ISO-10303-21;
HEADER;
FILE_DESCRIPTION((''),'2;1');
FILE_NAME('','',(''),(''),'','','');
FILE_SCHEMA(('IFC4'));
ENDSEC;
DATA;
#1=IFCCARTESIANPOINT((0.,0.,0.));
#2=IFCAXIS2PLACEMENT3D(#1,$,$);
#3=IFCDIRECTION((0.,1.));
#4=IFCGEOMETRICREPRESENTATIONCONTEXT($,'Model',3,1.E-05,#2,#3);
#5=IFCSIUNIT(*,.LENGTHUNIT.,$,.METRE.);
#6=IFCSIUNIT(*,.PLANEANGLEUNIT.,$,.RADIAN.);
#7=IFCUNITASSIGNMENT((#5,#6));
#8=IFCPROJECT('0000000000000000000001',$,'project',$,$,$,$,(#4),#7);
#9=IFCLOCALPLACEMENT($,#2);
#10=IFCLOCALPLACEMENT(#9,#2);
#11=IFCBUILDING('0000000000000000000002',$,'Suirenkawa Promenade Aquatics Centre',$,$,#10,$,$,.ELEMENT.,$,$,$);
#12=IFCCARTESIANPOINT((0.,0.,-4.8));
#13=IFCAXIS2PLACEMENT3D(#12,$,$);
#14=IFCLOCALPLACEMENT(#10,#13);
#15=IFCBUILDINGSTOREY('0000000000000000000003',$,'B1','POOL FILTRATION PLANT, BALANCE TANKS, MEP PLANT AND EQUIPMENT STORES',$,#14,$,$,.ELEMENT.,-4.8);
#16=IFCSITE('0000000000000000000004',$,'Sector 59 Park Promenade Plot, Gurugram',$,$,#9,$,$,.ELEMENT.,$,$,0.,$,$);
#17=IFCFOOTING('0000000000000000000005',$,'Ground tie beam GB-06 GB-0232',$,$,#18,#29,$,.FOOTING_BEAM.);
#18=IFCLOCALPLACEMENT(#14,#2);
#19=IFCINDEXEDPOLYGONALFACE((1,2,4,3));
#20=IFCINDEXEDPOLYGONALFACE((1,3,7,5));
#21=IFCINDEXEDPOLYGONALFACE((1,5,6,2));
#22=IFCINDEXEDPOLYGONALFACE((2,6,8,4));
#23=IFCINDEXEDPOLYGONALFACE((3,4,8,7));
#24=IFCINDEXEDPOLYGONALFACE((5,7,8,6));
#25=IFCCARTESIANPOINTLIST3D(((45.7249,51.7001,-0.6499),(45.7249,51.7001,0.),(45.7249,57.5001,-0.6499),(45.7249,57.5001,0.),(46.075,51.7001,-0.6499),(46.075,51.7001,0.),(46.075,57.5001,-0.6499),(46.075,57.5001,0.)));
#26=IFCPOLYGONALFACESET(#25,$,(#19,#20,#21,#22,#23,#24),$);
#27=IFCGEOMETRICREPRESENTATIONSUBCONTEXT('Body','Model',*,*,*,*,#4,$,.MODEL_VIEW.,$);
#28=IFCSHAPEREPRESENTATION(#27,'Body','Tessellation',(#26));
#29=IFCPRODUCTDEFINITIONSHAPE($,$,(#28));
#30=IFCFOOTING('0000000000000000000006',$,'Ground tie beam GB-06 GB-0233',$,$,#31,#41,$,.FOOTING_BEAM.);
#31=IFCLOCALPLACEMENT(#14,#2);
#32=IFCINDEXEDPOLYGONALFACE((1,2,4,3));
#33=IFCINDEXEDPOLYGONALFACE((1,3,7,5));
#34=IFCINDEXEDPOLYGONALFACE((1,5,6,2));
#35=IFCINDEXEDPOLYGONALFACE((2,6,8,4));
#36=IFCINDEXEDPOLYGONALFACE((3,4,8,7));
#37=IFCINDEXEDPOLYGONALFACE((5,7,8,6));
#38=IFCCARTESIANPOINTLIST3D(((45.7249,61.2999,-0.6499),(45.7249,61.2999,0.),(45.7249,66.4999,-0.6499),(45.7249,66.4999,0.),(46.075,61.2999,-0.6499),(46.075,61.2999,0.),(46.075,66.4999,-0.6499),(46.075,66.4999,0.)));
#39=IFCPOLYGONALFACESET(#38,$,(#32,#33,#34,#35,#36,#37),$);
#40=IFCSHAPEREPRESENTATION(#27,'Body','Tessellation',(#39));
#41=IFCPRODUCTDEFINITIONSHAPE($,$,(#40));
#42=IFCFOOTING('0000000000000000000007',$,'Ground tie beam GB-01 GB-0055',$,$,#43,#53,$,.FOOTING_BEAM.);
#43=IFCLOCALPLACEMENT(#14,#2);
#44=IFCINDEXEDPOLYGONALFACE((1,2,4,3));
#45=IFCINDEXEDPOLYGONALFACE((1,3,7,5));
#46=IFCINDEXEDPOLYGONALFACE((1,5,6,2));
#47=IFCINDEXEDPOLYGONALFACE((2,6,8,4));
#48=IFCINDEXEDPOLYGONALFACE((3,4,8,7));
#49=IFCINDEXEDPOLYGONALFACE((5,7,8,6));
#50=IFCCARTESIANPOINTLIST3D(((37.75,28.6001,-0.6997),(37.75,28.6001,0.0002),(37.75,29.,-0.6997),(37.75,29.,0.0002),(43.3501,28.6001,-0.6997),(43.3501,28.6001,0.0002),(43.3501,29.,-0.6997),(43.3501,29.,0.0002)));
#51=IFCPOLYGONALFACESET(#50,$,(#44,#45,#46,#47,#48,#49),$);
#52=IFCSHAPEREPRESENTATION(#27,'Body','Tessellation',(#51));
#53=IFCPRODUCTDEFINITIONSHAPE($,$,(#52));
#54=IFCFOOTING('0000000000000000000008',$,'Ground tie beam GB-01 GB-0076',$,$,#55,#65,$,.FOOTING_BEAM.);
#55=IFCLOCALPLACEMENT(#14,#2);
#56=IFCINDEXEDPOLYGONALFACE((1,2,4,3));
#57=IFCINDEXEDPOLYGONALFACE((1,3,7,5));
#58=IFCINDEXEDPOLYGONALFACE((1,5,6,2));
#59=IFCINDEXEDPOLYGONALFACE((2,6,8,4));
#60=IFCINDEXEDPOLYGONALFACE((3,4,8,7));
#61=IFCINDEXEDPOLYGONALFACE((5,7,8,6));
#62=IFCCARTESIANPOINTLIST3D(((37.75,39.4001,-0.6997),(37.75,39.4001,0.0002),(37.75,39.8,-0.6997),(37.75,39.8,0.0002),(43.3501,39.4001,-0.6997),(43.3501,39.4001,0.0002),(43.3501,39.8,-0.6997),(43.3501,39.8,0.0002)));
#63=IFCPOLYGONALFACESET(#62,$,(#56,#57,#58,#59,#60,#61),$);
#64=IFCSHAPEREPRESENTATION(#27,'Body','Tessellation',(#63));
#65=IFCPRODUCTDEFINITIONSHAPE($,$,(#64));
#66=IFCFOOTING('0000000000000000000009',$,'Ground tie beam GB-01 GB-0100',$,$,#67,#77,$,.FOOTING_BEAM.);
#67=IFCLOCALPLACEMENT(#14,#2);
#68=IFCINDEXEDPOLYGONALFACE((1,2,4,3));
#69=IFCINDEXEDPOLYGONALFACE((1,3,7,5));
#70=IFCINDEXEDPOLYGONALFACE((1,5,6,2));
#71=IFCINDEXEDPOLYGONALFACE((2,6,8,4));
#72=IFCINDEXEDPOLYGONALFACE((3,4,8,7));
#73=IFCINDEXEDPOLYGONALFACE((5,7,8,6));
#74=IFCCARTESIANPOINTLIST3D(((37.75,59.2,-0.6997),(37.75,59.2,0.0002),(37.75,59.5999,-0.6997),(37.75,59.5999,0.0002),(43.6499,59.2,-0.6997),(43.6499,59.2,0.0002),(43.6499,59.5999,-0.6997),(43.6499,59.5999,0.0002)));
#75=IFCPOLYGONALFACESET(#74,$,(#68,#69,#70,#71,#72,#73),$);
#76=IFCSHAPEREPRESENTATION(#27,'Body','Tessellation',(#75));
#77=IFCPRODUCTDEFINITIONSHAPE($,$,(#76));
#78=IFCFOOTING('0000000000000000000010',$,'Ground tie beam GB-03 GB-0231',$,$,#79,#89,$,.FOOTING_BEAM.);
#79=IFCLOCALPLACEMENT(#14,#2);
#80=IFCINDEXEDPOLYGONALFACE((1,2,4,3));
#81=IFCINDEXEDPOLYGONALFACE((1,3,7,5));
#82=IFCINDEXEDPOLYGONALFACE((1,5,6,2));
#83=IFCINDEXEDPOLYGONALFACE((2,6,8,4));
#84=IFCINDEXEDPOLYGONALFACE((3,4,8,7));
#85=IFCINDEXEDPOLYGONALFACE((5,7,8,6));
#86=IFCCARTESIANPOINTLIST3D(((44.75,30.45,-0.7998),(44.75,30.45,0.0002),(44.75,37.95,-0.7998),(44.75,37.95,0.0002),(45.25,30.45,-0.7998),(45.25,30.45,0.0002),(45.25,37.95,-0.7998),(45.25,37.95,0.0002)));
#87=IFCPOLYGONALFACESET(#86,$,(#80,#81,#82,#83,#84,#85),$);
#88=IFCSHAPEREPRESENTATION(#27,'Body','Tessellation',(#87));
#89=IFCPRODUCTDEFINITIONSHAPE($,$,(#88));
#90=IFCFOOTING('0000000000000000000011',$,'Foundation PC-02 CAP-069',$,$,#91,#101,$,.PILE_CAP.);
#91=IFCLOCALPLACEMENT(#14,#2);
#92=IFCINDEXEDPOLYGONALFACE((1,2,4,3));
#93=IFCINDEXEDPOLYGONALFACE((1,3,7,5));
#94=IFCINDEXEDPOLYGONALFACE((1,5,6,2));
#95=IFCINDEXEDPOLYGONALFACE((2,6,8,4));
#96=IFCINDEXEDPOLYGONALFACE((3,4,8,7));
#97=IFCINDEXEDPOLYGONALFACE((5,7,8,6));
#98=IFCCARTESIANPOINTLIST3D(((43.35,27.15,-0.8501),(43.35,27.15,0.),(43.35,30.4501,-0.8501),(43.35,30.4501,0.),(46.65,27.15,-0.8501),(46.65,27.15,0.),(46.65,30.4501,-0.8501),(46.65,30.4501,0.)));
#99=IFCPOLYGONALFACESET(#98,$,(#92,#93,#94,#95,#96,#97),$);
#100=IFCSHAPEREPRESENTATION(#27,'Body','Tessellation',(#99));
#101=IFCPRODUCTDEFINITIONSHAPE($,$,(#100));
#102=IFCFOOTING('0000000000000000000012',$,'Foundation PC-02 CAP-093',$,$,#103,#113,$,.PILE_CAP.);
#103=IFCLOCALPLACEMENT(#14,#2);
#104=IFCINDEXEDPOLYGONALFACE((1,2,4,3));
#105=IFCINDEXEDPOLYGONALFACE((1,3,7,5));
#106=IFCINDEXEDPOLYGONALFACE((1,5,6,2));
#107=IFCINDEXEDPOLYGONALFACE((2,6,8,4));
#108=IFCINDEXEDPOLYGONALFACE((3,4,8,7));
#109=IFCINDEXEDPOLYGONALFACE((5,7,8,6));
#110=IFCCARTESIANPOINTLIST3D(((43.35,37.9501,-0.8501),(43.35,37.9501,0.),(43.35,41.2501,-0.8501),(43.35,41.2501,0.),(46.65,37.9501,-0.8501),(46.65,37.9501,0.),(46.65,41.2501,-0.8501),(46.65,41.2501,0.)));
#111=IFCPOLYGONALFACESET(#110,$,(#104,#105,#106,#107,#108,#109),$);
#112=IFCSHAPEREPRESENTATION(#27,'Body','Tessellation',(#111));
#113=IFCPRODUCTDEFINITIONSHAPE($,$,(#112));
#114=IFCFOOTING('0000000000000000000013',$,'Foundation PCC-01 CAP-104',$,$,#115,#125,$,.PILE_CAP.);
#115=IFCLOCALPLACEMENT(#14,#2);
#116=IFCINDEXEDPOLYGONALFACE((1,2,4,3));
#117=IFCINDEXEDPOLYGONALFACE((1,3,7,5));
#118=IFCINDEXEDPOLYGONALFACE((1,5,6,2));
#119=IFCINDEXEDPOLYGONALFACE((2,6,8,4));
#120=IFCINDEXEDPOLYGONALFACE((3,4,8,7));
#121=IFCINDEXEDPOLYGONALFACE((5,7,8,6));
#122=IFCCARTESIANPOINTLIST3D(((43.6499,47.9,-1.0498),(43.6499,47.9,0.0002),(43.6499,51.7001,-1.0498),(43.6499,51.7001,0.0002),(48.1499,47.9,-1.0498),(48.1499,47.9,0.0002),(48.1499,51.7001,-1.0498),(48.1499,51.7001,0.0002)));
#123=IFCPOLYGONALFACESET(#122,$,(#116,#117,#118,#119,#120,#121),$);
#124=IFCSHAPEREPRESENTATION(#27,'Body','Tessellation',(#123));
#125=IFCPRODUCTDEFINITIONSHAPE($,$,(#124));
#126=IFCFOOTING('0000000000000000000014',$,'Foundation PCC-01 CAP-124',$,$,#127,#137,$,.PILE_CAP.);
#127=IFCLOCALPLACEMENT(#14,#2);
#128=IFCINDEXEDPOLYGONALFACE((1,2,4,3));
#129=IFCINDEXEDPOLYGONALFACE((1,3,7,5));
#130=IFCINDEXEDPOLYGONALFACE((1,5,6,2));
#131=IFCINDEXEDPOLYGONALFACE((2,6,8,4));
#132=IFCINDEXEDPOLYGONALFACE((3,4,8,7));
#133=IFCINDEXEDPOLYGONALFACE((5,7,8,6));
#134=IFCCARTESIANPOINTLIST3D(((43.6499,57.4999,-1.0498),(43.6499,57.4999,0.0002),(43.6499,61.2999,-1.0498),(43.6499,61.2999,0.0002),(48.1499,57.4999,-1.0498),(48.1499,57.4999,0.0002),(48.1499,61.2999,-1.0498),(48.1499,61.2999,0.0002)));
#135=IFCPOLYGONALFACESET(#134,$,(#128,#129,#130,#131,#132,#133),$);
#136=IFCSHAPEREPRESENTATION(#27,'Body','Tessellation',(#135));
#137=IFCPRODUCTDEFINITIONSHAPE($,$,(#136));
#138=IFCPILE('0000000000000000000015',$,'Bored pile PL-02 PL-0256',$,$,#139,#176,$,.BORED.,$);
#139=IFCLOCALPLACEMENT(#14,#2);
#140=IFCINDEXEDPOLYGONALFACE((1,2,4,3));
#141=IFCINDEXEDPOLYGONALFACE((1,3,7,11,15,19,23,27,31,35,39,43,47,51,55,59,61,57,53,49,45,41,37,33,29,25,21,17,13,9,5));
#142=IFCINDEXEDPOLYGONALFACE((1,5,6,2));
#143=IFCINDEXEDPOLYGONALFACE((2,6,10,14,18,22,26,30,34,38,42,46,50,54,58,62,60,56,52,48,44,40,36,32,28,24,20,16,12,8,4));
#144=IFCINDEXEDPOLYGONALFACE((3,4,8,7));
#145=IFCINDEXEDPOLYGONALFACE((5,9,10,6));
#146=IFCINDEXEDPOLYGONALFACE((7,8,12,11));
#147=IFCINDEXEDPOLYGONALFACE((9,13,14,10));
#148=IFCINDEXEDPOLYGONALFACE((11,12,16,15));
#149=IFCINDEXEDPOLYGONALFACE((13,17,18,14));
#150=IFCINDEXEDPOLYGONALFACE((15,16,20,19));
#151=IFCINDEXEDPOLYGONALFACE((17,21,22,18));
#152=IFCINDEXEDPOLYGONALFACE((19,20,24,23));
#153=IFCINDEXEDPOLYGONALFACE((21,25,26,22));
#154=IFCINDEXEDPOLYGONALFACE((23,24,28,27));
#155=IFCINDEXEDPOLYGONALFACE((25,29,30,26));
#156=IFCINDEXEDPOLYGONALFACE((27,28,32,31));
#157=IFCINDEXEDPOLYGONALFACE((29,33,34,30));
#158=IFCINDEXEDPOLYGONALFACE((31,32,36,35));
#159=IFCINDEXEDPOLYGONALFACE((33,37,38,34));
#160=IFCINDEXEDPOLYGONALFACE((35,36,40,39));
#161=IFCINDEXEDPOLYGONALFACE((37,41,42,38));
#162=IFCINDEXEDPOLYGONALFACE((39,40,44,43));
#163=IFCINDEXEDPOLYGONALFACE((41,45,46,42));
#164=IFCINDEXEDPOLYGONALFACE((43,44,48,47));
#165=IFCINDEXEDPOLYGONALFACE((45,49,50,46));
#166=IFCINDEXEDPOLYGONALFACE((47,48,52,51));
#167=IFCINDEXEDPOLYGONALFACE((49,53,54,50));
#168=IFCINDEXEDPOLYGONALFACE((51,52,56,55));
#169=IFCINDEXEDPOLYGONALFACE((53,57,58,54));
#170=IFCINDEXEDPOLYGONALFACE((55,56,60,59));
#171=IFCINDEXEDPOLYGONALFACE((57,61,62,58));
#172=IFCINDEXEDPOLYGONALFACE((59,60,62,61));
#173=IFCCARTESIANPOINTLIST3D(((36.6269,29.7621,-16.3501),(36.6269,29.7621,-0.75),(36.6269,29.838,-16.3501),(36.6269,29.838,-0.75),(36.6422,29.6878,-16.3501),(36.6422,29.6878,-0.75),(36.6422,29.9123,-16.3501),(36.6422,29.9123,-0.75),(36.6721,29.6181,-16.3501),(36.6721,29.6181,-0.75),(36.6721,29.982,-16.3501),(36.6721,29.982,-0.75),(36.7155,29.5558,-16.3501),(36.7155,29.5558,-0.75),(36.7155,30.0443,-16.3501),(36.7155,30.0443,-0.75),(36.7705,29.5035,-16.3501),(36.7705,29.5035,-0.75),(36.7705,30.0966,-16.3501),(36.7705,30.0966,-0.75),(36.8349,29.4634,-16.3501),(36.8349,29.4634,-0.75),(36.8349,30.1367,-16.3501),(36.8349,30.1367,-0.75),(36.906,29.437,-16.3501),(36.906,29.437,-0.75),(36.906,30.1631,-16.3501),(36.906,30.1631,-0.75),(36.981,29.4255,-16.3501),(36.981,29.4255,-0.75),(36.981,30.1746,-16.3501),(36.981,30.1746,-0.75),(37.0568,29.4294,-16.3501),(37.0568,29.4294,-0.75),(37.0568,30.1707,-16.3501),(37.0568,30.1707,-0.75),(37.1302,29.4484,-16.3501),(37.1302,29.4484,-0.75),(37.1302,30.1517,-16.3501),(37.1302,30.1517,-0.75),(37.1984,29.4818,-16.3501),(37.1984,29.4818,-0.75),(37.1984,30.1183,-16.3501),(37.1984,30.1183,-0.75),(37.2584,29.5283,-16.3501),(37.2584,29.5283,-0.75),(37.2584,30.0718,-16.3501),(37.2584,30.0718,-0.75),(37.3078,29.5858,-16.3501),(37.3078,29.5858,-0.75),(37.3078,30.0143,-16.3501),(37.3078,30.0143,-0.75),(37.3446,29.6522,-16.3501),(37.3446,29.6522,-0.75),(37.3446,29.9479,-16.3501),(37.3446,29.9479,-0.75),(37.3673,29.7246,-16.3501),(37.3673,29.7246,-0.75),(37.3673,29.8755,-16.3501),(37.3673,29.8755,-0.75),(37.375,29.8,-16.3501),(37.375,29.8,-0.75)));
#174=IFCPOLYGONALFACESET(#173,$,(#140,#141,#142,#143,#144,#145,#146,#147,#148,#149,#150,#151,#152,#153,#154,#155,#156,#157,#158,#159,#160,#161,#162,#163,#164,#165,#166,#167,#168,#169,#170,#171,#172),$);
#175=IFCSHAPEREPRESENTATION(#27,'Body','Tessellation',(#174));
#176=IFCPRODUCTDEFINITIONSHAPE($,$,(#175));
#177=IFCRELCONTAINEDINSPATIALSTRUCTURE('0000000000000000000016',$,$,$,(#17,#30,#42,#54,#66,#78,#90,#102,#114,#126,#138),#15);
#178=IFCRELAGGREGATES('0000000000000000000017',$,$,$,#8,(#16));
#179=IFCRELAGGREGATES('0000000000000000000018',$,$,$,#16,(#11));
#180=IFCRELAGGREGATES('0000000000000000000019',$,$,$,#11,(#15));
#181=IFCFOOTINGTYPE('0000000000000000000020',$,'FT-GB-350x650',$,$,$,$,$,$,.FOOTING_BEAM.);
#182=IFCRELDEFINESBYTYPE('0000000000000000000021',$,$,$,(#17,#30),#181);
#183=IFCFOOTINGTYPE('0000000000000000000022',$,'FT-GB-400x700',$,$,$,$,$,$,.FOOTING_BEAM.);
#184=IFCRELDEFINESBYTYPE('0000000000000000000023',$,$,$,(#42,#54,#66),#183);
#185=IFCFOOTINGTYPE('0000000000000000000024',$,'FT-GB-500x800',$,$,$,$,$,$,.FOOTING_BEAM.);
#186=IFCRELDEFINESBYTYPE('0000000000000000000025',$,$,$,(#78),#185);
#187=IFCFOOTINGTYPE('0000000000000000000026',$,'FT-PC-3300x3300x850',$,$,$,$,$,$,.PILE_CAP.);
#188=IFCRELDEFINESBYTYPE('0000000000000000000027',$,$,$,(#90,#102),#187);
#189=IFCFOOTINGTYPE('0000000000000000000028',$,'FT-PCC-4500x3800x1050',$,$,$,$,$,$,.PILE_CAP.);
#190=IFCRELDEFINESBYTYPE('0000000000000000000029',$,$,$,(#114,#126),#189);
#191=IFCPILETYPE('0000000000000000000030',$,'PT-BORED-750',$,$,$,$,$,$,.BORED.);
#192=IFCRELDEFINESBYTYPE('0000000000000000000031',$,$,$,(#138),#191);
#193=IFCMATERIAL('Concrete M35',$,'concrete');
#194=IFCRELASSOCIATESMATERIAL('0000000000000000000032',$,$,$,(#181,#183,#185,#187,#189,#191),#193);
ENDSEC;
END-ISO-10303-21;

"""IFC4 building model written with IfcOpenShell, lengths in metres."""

from ifc_helpers import new_model, si_unit, direction, frame, origin, origin_2d, place, context, subcontext, project, spatial, rectangle, circle, extrude, material, material_profile, profile_set, type_object, element, save


model = new_model("IFC4")

# Units and contexts
model_context = context("Model", 3, precision=1e-05, world=origin(), true_north=direction((0.0, 1.0)))
body_context = subcontext(model_context, "Body", "Model", "MODEL_VIEW")
ifc_project = project(units=[si_unit("LENGTHUNIT", "METRE"), si_unit("PLANEANGLEUNIT", "RADIAN")], contexts=[model_context])

# Site, building, storey
site_placement = place(None, origin())
site = spatial("IfcSite", under=ifc_project, at=site_placement, Name="Sector 59 Park Promenade Plot, Gurugram", CompositionType="ELEMENT", RefElevation=0.0)
building_placement = place(site_placement, origin())
building = spatial("IfcBuilding", under=site, at=building_placement, Name="Suirenkawa Promenade Aquatics Centre", CompositionType="ELEMENT")
storey_placement = place(building_placement, frame((0.0, 0.0, -4.8)))
storey = spatial("IfcBuildingStorey", under=building, at=storey_placement, Name="B1", Description="POOL FILTRATION PLANT, BALANCE TANKS, MEP PLANT AND EQUIPMENT STORES", CompositionType="ELEMENT", Elevation=-4.8)

# Footings
ifc_material_1 = material(Name="Concrete M35", Category="concrete")
footing_type_1 = type_object("IfcFootingType", Name="FT-GB-350x650", PredefinedType="FOOTING_BEAM", material=ifc_material_1)
footing_1_placement = place(storey_placement, frame((45.8999, 54.6001, -0.6499), z_axis=(0.0, 0.0, 1.0), x_axis=(0.0, 1.0, 0.0)))
element("IfcFooting", 1, at=footing_1_placement, inside=storey, type_object=footing_type_1, Name="Ground tie beam GB-06 GB-0232", PredefinedType="FOOTING_BEAM", context=body_context, shape_type="SweptSolid", body=[
    extrude(rectangle(XDim=5.8, YDim=0.3501, at=origin_2d()), origin(), (0.0, 0.0, 1.0), 0.6499),
])
footing_2_placement = place(storey_placement, frame((45.8999, 63.8999, -0.6499), z_axis=(0.0, 0.0, 1.0), x_axis=(0.0, 1.0, 0.0)))
element("IfcFooting", 2, at=footing_2_placement, inside=storey, type_object=footing_type_1, Name="Ground tie beam GB-06 GB-0233", PredefinedType="FOOTING_BEAM", context=body_context, shape_type="SweptSolid", body=[
    extrude(rectangle(XDim=5.2, YDim=0.3501, at=origin_2d()), origin(), (0.0, 0.0, 1.0), 0.6499),
])
footing_type_2 = type_object("IfcFootingType", Name="FT-GB-400x700", PredefinedType="FOOTING_BEAM", material=ifc_material_1)
for number, where, z_axis, x_axis, name in (
    (3, (40.55, 28.8, -0.6997), (0.0, 0.0, 1.0), (1.0, 0.0, 0.0), "Ground tie beam GB-01 GB-0055"),
    (4, (40.55, 39.6001, -0.6997), (0.0, 0.0, 1.0), (1.0, 0.0, 0.0), "Ground tie beam GB-01 GB-0076"),
):
    element("IfcFooting", number, at=place(storey_placement, frame(where, z_axis=z_axis, x_axis=x_axis)), inside=storey, type_object=footing_type_2, Name=name, PredefinedType="FOOTING_BEAM", context=body_context, shape_type="SweptSolid", body=[
        extrude(rectangle(XDim=5.6001, YDim=0.3999, at=origin_2d()), origin(), (0.0, 0.0, 1.0), 0.7),
    ])
footing_3_placement = place(storey_placement, frame((40.7, 59.3999, -0.6997), z_axis=(0.0, 0.0, 1.0), x_axis=(1.0, 0.0, 0.0)))
element("IfcFooting", 5, at=footing_3_placement, inside=storey, type_object=footing_type_2, Name="Ground tie beam GB-01 GB-0100", PredefinedType="FOOTING_BEAM", context=body_context, shape_type="SweptSolid", body=[
    extrude(rectangle(XDim=5.8999, YDim=0.3999, at=origin_2d()), origin(), (0.0, 0.0, 1.0), 0.7),
])
footing_type_3 = type_object("IfcFootingType", Name="FT-GB-500x800", PredefinedType="FOOTING_BEAM", material=ifc_material_1)
footing_4_placement = place(storey_placement, frame((45.0, 34.2, -0.7998), z_axis=(0.0, 0.0, 1.0), x_axis=(0.0, 1.0, 0.0)))
element("IfcFooting", 6, at=footing_4_placement, inside=storey, type_object=footing_type_3, Name="Ground tie beam GB-03 GB-0231", PredefinedType="FOOTING_BEAM", context=body_context, shape_type="SweptSolid", body=[
    extrude(rectangle(XDim=7.5, YDim=0.5, at=origin_2d()), origin(), (0.0, 0.0, 1.0), 0.8),
])
footing_type_4 = type_object("IfcFootingType", Name="FT-PC-3300x3300x850", PredefinedType="PILE_CAP", material=ifc_material_1)
for number, where, z_axis, x_axis, name in (
    (7, (45.0, 28.8, -0.8501), (0.0, 0.0, 1.0), (1.0, 0.0, 0.0), "Foundation PC-02 CAP-069"),
    (8, (45.0, 39.6001, -0.8501), (0.0, 0.0, 1.0), (1.0, 0.0, 0.0), "Foundation PC-02 CAP-093"),
):
    element("IfcFooting", number, at=place(storey_placement, frame(where, z_axis=z_axis, x_axis=x_axis)), inside=storey, type_object=footing_type_4, Name=name, PredefinedType="PILE_CAP", context=body_context, shape_type="SweptSolid", body=[
        extrude(rectangle(XDim=3.3, YDim=3.3, at=origin_2d()), origin(), (0.0, 0.0, 1.0), 0.8501),
    ])
footing_type_5 = type_object("IfcFootingType", Name="FT-PCC-4500x3800x1050", PredefinedType="PILE_CAP", material=ifc_material_1)
for number, where, z_axis, x_axis, name in (
    (9, (45.8999, 49.8, -1.0498), (0.0, 0.0, 1.0), (1.0, 0.0, 0.0), "Foundation PCC-01 CAP-104"),
    (10, (45.8999, 59.3999, -1.0498), (0.0, 0.0, 1.0), (1.0, 0.0, 0.0), "Foundation PCC-01 CAP-124"),
):
    element("IfcFooting", number, at=place(storey_placement, frame(where, z_axis=z_axis, x_axis=x_axis)), inside=storey, type_object=footing_type_5, Name=name, PredefinedType="PILE_CAP", context=body_context, shape_type="SweptSolid", body=[
        extrude(rectangle(XDim=4.5, YDim=3.8, at=origin_2d()), origin(), (0.0, 0.0, 1.0), 1.05),
    ])

# Pile
ifc_material_profile_1 = material_profile(ifc_material_1, circle(Radius=0.375, at=origin_2d()), Name="PILE D750", Category="concrete")
ifc_profile_set_1 = profile_set([ifc_material_profile_1], Name="Concrete M35")
pile_type_1 = type_object("IfcPileType", Name="PT-BORED-750", PredefinedType="BORED", material=ifc_profile_set_1)
for number, where, z_axis, x_axis, name in (
    (11, (37.0, 29.8, -0.75), (0.0, 0.0, -1.0), (1.0, 0.0, 0.0), "Bored pile PL-02 PL-0256"),
):
    element("IfcPile", number, at=place(storey_placement, frame(where, z_axis=z_axis, x_axis=x_axis)), inside=storey, type_object=pile_type_1, Name=name, PredefinedType="BORED", context=body_context, shape_type="SweptSolid", body=[
        extrude(circle(Radius=0.375, at=origin_2d()), origin(), (0.0, 0.0, 1.0), 15.6001),
    ])

save(model, "model.ifc")
